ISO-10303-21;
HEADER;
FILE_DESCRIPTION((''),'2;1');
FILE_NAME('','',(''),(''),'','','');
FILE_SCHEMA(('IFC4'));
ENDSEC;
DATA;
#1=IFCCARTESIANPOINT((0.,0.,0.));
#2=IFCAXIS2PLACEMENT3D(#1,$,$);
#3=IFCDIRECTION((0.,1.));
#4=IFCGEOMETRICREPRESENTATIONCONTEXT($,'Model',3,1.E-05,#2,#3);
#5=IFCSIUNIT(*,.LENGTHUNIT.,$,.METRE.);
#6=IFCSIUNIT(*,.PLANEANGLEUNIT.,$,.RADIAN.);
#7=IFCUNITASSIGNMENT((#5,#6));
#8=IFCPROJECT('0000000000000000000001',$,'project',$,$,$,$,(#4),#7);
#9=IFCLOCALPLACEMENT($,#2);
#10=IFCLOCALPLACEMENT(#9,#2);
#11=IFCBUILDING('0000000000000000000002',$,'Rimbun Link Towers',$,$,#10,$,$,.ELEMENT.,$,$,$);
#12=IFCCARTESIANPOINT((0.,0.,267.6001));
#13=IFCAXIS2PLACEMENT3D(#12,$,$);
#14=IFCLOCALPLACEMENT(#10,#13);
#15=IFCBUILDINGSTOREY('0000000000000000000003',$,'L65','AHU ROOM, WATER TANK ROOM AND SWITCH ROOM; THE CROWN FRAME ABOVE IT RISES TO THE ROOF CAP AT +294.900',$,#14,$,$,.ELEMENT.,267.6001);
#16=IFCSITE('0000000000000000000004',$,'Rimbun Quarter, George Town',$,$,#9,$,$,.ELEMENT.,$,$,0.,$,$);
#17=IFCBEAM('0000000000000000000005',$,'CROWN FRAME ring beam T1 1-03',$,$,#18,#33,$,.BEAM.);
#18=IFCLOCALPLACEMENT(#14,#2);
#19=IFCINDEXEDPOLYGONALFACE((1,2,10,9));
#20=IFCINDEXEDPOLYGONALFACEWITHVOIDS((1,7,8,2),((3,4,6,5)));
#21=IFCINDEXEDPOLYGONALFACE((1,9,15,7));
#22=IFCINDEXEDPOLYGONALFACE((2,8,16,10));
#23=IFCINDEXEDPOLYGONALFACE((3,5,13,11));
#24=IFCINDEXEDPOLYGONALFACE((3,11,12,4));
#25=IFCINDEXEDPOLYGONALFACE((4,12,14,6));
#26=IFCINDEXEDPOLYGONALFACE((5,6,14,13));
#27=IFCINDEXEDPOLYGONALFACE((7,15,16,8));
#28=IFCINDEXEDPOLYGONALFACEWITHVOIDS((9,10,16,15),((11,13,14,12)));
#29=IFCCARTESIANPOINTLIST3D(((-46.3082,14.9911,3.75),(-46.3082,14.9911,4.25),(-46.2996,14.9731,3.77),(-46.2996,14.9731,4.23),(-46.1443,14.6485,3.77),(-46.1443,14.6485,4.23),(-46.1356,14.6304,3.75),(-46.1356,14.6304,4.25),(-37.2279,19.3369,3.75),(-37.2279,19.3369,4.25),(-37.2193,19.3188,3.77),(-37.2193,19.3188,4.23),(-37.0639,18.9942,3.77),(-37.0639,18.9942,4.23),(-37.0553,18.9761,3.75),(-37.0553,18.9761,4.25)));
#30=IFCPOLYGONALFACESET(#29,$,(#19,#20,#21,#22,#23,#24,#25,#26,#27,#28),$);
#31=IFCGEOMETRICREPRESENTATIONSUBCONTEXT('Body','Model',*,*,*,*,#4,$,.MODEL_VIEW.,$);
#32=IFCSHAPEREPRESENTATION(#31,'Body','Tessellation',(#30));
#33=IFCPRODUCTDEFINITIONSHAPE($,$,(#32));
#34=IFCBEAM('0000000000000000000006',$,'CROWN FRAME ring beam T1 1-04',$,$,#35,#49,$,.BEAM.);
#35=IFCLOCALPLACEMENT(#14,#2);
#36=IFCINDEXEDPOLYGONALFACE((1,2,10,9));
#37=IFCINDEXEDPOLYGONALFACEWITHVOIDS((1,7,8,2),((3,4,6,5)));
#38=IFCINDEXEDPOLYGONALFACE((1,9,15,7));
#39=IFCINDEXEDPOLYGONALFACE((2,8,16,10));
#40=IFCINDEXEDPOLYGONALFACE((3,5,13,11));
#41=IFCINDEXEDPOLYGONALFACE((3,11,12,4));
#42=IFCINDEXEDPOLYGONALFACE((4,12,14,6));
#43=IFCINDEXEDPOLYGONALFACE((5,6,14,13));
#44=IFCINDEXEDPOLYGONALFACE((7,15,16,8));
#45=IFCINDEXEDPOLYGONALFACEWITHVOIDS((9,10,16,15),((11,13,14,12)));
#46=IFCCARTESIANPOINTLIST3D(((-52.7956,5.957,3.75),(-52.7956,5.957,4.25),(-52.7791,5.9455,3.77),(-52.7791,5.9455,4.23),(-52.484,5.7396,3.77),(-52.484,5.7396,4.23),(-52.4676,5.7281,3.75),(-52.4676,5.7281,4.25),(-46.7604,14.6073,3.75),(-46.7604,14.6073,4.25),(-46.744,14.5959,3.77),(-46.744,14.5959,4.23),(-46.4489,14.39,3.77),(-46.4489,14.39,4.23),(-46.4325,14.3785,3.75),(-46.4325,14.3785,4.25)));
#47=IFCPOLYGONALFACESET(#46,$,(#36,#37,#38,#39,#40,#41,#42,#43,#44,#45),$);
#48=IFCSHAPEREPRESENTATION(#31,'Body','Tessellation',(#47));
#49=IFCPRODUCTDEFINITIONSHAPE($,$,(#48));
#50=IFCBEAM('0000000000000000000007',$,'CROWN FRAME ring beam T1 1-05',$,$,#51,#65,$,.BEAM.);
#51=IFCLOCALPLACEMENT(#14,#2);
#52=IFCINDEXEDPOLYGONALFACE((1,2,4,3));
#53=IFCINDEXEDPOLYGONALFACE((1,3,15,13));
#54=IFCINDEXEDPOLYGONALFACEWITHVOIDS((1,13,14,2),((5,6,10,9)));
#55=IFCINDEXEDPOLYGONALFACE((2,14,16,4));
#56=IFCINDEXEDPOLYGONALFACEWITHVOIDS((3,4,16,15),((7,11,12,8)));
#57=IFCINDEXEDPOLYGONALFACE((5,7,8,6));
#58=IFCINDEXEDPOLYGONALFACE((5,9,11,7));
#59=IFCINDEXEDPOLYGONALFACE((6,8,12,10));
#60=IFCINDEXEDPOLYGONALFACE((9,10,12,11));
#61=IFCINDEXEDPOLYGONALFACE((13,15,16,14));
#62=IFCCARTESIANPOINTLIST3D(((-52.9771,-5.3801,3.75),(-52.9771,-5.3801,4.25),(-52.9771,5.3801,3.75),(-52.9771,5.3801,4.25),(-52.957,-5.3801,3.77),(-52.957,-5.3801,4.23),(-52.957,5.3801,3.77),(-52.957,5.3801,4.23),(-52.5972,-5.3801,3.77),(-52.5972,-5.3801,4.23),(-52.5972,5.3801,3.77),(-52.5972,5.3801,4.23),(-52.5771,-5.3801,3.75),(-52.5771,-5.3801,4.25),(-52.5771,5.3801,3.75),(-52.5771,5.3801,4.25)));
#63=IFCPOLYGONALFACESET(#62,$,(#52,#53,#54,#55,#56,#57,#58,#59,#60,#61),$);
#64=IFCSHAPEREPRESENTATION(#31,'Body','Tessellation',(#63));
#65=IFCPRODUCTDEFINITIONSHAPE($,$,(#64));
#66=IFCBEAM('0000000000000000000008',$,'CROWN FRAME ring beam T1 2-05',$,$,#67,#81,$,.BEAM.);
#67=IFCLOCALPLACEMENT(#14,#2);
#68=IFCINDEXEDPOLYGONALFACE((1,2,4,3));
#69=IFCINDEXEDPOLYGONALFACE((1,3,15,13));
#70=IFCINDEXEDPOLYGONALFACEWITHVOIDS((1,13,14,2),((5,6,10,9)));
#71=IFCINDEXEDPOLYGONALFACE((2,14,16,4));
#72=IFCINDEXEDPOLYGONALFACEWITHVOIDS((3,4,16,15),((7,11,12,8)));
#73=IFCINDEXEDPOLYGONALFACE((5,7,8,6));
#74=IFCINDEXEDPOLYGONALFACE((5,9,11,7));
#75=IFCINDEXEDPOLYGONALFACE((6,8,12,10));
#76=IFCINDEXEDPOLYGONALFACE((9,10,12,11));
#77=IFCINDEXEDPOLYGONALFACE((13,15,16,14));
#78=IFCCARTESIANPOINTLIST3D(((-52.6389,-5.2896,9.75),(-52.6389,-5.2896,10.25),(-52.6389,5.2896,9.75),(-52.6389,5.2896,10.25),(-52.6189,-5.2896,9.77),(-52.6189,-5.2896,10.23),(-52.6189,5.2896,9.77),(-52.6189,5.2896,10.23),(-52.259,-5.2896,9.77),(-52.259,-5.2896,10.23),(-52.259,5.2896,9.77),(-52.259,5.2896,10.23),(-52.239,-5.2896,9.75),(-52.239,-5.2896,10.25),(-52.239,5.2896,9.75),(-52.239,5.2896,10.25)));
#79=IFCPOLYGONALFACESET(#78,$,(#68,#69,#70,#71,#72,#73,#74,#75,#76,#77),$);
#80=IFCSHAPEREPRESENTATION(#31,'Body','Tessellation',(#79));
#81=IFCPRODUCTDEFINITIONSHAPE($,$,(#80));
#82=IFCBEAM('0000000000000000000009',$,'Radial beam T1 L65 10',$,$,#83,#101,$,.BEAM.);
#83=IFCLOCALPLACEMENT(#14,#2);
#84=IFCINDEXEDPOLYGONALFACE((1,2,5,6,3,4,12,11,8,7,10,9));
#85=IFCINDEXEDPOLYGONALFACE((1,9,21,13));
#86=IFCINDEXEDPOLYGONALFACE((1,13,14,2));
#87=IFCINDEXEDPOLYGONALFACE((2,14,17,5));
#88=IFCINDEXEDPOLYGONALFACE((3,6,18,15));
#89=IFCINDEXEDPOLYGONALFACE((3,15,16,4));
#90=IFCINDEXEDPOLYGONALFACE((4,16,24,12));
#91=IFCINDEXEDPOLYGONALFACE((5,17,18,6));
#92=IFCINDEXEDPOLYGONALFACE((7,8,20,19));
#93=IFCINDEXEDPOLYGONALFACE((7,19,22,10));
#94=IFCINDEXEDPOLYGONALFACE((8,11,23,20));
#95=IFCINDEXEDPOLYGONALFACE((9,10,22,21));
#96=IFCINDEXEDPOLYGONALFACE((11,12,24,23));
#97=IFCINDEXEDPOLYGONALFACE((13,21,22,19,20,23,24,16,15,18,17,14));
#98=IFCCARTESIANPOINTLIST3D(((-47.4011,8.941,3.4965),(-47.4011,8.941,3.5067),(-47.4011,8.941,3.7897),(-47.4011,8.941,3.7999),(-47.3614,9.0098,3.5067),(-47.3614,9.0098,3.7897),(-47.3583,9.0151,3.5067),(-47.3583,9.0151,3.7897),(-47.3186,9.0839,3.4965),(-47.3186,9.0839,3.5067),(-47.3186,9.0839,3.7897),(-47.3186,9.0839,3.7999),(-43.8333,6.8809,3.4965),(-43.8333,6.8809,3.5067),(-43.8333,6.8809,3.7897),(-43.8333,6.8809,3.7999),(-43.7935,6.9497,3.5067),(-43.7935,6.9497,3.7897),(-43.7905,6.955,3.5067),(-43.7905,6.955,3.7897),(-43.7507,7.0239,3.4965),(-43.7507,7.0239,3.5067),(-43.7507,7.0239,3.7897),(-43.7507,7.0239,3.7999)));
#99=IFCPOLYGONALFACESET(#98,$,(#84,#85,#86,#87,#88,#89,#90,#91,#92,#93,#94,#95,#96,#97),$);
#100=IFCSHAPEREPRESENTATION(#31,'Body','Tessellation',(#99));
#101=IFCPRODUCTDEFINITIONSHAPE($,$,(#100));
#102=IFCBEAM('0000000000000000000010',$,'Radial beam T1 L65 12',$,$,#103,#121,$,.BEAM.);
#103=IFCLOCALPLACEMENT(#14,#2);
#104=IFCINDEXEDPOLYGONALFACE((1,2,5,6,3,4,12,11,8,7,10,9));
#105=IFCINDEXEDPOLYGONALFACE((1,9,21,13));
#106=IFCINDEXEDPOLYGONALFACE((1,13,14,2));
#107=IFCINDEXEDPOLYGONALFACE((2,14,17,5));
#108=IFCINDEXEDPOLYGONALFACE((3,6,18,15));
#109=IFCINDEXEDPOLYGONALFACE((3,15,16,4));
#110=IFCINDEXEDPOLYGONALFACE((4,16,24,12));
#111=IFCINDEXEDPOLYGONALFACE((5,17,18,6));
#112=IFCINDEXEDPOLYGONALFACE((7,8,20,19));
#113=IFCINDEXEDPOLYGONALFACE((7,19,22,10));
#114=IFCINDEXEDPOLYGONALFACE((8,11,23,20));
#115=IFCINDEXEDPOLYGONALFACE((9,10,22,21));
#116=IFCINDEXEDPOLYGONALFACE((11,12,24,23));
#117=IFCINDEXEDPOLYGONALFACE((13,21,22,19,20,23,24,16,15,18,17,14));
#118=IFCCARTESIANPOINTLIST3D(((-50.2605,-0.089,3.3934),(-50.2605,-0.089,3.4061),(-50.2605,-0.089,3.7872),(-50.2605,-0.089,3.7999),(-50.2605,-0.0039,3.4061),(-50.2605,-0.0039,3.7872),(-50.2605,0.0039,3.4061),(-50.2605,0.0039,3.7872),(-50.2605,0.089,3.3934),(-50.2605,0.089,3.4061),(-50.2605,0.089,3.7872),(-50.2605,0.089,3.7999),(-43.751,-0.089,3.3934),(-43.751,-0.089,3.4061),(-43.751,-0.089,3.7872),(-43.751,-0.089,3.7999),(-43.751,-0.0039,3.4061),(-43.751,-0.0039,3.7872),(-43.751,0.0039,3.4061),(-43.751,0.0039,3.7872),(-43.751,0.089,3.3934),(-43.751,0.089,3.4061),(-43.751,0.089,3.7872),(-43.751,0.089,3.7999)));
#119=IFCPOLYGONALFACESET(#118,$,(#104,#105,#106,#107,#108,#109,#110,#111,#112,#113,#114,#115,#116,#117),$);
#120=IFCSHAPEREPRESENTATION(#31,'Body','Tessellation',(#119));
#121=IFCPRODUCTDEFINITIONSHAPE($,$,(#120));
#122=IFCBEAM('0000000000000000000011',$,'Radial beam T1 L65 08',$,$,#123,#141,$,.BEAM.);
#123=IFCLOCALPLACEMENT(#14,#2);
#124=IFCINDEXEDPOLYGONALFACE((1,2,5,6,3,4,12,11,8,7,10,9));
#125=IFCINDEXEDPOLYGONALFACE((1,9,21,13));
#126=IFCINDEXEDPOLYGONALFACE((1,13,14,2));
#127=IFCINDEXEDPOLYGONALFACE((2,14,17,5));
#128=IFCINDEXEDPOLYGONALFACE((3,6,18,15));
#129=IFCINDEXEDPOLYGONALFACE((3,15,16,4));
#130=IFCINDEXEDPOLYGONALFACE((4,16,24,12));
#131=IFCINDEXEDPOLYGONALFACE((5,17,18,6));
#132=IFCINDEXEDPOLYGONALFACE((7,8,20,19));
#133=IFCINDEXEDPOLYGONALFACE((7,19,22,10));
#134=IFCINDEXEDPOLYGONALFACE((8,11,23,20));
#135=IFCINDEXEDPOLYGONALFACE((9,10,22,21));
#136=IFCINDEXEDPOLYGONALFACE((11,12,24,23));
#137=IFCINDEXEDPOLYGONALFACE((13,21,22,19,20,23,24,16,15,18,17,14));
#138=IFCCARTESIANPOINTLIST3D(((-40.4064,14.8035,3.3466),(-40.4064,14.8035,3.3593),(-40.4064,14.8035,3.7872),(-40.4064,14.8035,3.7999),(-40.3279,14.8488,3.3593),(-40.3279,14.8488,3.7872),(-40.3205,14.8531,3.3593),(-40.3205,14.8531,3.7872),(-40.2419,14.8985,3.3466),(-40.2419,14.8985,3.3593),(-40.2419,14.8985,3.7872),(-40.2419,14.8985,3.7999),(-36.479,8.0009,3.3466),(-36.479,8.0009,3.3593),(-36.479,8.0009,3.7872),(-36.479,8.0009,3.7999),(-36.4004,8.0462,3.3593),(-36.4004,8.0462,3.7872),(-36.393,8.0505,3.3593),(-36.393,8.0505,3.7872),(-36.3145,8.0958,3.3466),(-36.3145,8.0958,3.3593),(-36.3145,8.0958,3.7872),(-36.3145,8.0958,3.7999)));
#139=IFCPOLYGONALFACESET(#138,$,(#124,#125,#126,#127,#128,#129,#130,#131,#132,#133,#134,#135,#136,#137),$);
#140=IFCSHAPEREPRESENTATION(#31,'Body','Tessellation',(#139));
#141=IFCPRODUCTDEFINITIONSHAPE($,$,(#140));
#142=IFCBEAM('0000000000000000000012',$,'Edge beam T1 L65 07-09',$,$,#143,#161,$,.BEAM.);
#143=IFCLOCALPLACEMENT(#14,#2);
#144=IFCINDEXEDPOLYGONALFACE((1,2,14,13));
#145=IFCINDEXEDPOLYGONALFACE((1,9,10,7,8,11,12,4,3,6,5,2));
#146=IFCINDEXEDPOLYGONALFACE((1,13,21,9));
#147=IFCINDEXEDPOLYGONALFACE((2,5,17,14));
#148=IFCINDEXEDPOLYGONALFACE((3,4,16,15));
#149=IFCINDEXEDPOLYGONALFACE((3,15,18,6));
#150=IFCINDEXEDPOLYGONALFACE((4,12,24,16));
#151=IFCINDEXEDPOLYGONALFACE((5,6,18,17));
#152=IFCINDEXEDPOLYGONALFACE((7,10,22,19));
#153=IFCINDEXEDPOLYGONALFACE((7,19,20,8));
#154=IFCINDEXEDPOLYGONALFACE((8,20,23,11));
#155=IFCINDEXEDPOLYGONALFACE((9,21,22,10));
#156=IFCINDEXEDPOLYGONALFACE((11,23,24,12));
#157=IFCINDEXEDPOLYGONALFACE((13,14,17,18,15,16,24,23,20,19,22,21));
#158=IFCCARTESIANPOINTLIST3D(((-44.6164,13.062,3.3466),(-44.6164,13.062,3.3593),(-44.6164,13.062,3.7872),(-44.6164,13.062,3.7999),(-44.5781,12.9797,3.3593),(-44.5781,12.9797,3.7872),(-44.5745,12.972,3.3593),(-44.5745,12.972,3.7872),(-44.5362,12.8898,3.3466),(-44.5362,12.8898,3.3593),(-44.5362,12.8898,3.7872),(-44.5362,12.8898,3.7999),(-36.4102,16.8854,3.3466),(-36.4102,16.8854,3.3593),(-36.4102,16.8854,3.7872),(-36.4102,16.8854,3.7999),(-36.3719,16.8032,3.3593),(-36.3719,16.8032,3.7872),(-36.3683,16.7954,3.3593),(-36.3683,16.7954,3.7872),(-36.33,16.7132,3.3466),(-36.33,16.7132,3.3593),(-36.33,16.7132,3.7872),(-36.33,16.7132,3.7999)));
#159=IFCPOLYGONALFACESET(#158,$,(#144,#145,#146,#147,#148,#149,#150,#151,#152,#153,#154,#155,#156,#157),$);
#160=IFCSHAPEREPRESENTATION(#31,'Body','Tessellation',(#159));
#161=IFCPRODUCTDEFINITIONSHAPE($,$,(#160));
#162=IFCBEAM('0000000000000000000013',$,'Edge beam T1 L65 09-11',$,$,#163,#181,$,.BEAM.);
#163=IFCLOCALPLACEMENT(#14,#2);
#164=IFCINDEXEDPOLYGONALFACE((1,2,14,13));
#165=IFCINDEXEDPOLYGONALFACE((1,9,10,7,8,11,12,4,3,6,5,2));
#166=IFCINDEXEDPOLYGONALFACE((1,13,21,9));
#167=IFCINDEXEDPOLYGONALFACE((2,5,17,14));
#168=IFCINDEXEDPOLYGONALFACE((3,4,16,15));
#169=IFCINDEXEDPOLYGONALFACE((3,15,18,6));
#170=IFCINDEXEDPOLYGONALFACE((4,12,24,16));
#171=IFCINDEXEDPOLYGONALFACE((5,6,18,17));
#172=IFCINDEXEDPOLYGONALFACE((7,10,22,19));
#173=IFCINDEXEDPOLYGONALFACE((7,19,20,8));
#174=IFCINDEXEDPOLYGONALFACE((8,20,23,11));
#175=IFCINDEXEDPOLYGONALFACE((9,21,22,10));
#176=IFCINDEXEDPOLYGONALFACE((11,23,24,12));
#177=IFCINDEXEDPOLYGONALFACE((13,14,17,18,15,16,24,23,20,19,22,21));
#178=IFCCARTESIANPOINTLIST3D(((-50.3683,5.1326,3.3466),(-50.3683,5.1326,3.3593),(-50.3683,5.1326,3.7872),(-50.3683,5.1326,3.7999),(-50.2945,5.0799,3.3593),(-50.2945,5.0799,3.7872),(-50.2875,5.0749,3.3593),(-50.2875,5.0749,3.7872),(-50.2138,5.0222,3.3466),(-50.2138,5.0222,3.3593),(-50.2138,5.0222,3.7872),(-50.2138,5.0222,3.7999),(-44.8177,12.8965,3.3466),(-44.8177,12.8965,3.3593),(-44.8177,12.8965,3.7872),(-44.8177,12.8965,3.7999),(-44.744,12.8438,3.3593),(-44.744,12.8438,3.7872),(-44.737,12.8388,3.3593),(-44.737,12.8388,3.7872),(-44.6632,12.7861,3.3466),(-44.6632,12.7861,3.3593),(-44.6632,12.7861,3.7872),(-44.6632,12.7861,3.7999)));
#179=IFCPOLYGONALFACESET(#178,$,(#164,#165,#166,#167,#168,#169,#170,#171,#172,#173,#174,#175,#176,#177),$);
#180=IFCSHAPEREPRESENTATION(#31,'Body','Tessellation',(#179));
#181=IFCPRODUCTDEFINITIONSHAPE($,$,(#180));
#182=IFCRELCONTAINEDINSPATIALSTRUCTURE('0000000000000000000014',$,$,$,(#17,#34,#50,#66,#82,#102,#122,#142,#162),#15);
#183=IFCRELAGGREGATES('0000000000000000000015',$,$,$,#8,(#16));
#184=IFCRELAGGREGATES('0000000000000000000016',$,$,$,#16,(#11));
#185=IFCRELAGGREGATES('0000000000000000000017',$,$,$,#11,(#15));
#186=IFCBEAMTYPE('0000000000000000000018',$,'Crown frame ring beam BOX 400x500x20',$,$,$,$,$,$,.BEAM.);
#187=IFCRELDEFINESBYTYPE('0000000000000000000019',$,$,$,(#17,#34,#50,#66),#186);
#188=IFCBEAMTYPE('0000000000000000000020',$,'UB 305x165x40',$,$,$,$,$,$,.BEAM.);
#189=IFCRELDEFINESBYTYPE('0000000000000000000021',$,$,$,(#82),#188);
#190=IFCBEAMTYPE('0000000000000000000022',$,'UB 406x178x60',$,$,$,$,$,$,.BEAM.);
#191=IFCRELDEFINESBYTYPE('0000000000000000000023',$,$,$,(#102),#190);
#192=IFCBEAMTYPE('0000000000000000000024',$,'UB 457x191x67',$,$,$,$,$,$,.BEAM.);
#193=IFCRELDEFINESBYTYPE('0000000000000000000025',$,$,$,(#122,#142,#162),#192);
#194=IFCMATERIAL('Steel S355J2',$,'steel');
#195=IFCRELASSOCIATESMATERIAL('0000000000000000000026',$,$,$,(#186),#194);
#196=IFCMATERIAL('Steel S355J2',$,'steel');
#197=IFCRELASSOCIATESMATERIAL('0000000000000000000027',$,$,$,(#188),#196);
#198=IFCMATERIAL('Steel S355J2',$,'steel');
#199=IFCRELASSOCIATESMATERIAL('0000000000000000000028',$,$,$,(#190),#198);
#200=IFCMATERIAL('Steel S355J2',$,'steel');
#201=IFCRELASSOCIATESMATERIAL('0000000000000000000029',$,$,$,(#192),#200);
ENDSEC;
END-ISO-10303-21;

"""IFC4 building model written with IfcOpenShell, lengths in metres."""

from ifc_helpers import new_model, si_unit, direction, frame, origin, origin_2d, place, context, subcontext, project, spatial, hollow_rectangle, i_section, extrude, material, material_profile, profile_set, type_object, element, save


model = new_model("IFC4")

# Units and contexts
model_context = context("Model", 3, precision=1e-05, world=origin(), true_north=direction((0.0, 1.0)))
body_context = subcontext(model_context, "Body", "Model", "MODEL_VIEW")
ifc_project = project(units=[si_unit("LENGTHUNIT", "METRE"), si_unit("PLANEANGLEUNIT", "RADIAN")], contexts=[model_context])

# Site, building, storey
site_placement = place(None, origin())
site = spatial("IfcSite", under=ifc_project, at=site_placement, Name="Rimbun Quarter, George Town", CompositionType="ELEMENT", RefElevation=0.0)
building_placement = place(site_placement, origin())
building = spatial("IfcBuilding", under=site, at=building_placement, Name="Rimbun Link Towers", CompositionType="ELEMENT")
storey_placement = place(building_placement, frame((0.0, 0.0, 267.6001)))
storey = spatial("IfcBuildingStorey", under=building, at=storey_placement, Name="L65", Description="AHU ROOM, WATER TANK ROOM AND SWITCH ROOM; THE CROWN FRAME ABOVE IT RISES TO THE ROOF CAP AT +294.900", CompositionType="ELEMENT", Elevation=267.6001)

# Beams
ifc_material_1 = material(Name="Steel S355J2", Category="steel")
ifc_material_profile_1 = material_profile(ifc_material_1, hollow_rectangle(XDim=0.3999, YDim=0.5, WallThickness=0.02, at=origin_2d()), Name="Crown frame ring beam BOX 400x500x20")
ifc_profile_set_1 = profile_set([ifc_material_profile_1], Name="Steel S355J2")
beam_type_1 = type_object("IfcBeamType", Name="Crown frame ring beam BOX 400x500x20", PredefinedType="BEAM", material=ifc_profile_set_1)
beam_1_placement = place(storey_placement, frame((-37.1416, 19.1565, 4.0), z_axis=(-0.902021, -0.431693, 0.0), x_axis=(0.431693, -0.902021, 0.0)))
element("IfcBeam", 1, at=beam_1_placement, inside=storey, type_object=beam_type_1, Name="CROWN FRAME ring beam T1 1-03", PredefinedType="BEAM", context=body_context, shape_type="SweptSolid", body=[
    extrude(hollow_rectangle(XDim=0.3999, YDim=0.5, WallThickness=0.02, at=origin_2d()), origin(), (0.0, 0.0, 1.0), 10.0667),
])
beam_2_placement = place(storey_placement, frame((-46.5964, 14.4929, 4.0), z_axis=(-0.572182, -0.820127, 0.0), x_axis=(0.820127, -0.572182, 0.0)))
element("IfcBeam", 2, at=beam_2_placement, inside=storey, type_object=beam_type_1, Name="CROWN FRAME ring beam T1 1-04", PredefinedType="BEAM", context=body_context, shape_type="SweptSolid", body=[
    extrude(hollow_rectangle(XDim=0.3999, YDim=0.5, WallThickness=0.02, at=origin_2d()), origin(), (0.0, 0.0, 1.0), 10.5476),
])
beam_3_placement = place(storey_placement, frame((-52.7771, 5.3801, 4.0), z_axis=(0.0, -1.0, 0.0), x_axis=(1.0, 0.0, 0.0)))
element("IfcBeam", 3, at=beam_3_placement, inside=storey, type_object=beam_type_1, Name="CROWN FRAME ring beam T1 1-05", PredefinedType="BEAM", context=body_context, shape_type="SweptSolid", body=[
    extrude(hollow_rectangle(XDim=0.3999, YDim=0.5, WallThickness=0.02, at=origin_2d()), origin(), (0.0, 0.0, 1.0), 10.7603),
])
beam_4_placement = place(storey_placement, frame((-52.439, 5.2896, 10.0), z_axis=(0.0, -1.0, 0.0), x_axis=(1.0, 0.0, 0.0)))
element("IfcBeam", 4, at=beam_4_placement, inside=storey, type_object=beam_type_1, Name="CROWN FRAME ring beam T1 2-05", PredefinedType="BEAM", context=body_context, shape_type="SweptSolid", body=[
    extrude(hollow_rectangle(XDim=0.3999, YDim=0.5, WallThickness=0.02, at=origin_2d()), origin(), (0.0, 0.0, 1.0), 10.5791),
])
ifc_material_2 = material(Name="Steel S355J2", Category="steel")
ifc_material_profile_2 = material_profile(ifc_material_2, i_section(OverallWidth=0.165, OverallDepth=0.3035, WebThickness=0.0061, FlangeThickness=0.0103, at=origin_2d()), Name="UB 305x165x40")
ifc_profile_set_2 = profile_set([ifc_material_profile_2], Name="Steel S355J2")
beam_type_2 = type_object("IfcBeamType", Name="UB 305x165x40", PredefinedType="BEAM", material=ifc_profile_set_2)
beam_5_placement = place(storey_placement, frame((-43.792, 6.9524, 3.6482), z_axis=(-0.86601, 0.500027, 0.0), x_axis=(-0.500027, -0.86601, 0.0)))
element("IfcBeam", 5, at=beam_5_placement, inside=storey, type_object=beam_type_2, Name="Radial beam T1 L65 10", PredefinedType="BEAM", context=body_context, shape_type="SweptSolid", body=[
    extrude(i_section(OverallWidth=0.165, OverallDepth=0.3035, WebThickness=0.0061, FlangeThickness=0.0103, at=origin_2d()), origin(), (0.0, 0.0, 1.0), 4.1199),
])
ifc_material_3 = material(Name="Steel S355J2", Category="steel")
ifc_material_profile_3 = material_profile(ifc_material_3, i_section(OverallWidth=0.178, OverallDepth=0.4065, WebThickness=0.0078, FlangeThickness=0.0127, at=origin_2d()), Name="UB 406x178x60")
ifc_profile_set_3 = profile_set([ifc_material_profile_3], Name="Steel S355J2")
beam_type_3 = type_object("IfcBeamType", Name="UB 406x178x60", PredefinedType="BEAM", material=ifc_profile_set_3)
beam_6_placement = place(storey_placement, frame((-43.751, 0.0, 3.5967), z_axis=(-1.0, 0.0, 0.0), x_axis=(0.0, -1.0, 0.0)))
element("IfcBeam", 6, at=beam_6_placement, inside=storey, type_object=beam_type_3, Name="Radial beam T1 L65 12", PredefinedType="BEAM", context=body_context, shape_type="SweptSolid", body=[
    extrude(i_section(OverallWidth=0.178, OverallDepth=0.4065, WebThickness=0.0078, FlangeThickness=0.0127, at=origin_2d()), origin(), (0.0, 0.0, 1.0), 6.5095),
])
ifc_material_4 = material(Name="Steel S355J2", Category="steel")
ifc_material_profile_4 = material_profile(ifc_material_4, i_section(OverallWidth=0.1899, OverallDepth=0.4534, WebThickness=0.0085, FlangeThickness=0.0127, at=origin_2d()), Name="UB 457x191x67")
ifc_profile_set_4 = profile_set([ifc_material_profile_4], Name="Steel S355J2")
beam_type_4 = type_object("IfcBeamType", Name="UB 457x191x67", PredefinedType="BEAM", material=ifc_profile_set_4)
beam_7_placement = place(storey_placement, frame((-36.3967, 8.0483, 3.5732), z_axis=(-0.499993, 0.866029, 0.0), x_axis=(-0.866029, -0.499993, 0.0)))
element("IfcBeam", 7, at=beam_7_placement, inside=storey, type_object=beam_type_4, Name="Radial beam T1 L65 08", PredefinedType="BEAM", context=body_context, shape_type="SweptSolid", body=[
    extrude(i_section(OverallWidth=0.1899, OverallDepth=0.4534, WebThickness=0.0085, FlangeThickness=0.0127, at=origin_2d()), origin(), (0.0, 0.0, 1.0), 7.855),
])
beam_8_placement = place(storey_placement, frame((-36.3701, 16.7993, 3.5732), z_axis=(-0.906442, -0.42233, 0.0), x_axis=(0.42233, -0.906442, 0.0)))
element("IfcBeam", 8, at=beam_8_placement, inside=storey, type_object=beam_type_4, Name="Edge beam T1 L65 07-09", PredefinedType="BEAM", context=body_context, shape_type="SweptSolid", body=[
    extrude(i_section(OverallWidth=0.1899, OverallDepth=0.4534, WebThickness=0.0085, FlangeThickness=0.0127, at=origin_2d()), origin(), (0.0, 0.0, 1.0), 9.0532),
])
beam_9_placement = place(storey_placement, frame((-44.7405, 12.8413, 3.5732), z_axis=(-0.581577, -0.813491, 0.0), x_axis=(0.813491, -0.581577, 0.0)))
element("IfcBeam", 9, at=beam_9_placement, inside=storey, type_object=beam_type_4, Name="Edge beam T1 L65 09-11", PredefinedType="BEAM", context=body_context, shape_type="SweptSolid", body=[
    extrude(i_section(OverallWidth=0.1899, OverallDepth=0.4534, WebThickness=0.0085, FlangeThickness=0.0127, at=origin_2d()), origin(), (0.0, 0.0, 1.0), 9.5439),
])

save(model, "model.ifc")
